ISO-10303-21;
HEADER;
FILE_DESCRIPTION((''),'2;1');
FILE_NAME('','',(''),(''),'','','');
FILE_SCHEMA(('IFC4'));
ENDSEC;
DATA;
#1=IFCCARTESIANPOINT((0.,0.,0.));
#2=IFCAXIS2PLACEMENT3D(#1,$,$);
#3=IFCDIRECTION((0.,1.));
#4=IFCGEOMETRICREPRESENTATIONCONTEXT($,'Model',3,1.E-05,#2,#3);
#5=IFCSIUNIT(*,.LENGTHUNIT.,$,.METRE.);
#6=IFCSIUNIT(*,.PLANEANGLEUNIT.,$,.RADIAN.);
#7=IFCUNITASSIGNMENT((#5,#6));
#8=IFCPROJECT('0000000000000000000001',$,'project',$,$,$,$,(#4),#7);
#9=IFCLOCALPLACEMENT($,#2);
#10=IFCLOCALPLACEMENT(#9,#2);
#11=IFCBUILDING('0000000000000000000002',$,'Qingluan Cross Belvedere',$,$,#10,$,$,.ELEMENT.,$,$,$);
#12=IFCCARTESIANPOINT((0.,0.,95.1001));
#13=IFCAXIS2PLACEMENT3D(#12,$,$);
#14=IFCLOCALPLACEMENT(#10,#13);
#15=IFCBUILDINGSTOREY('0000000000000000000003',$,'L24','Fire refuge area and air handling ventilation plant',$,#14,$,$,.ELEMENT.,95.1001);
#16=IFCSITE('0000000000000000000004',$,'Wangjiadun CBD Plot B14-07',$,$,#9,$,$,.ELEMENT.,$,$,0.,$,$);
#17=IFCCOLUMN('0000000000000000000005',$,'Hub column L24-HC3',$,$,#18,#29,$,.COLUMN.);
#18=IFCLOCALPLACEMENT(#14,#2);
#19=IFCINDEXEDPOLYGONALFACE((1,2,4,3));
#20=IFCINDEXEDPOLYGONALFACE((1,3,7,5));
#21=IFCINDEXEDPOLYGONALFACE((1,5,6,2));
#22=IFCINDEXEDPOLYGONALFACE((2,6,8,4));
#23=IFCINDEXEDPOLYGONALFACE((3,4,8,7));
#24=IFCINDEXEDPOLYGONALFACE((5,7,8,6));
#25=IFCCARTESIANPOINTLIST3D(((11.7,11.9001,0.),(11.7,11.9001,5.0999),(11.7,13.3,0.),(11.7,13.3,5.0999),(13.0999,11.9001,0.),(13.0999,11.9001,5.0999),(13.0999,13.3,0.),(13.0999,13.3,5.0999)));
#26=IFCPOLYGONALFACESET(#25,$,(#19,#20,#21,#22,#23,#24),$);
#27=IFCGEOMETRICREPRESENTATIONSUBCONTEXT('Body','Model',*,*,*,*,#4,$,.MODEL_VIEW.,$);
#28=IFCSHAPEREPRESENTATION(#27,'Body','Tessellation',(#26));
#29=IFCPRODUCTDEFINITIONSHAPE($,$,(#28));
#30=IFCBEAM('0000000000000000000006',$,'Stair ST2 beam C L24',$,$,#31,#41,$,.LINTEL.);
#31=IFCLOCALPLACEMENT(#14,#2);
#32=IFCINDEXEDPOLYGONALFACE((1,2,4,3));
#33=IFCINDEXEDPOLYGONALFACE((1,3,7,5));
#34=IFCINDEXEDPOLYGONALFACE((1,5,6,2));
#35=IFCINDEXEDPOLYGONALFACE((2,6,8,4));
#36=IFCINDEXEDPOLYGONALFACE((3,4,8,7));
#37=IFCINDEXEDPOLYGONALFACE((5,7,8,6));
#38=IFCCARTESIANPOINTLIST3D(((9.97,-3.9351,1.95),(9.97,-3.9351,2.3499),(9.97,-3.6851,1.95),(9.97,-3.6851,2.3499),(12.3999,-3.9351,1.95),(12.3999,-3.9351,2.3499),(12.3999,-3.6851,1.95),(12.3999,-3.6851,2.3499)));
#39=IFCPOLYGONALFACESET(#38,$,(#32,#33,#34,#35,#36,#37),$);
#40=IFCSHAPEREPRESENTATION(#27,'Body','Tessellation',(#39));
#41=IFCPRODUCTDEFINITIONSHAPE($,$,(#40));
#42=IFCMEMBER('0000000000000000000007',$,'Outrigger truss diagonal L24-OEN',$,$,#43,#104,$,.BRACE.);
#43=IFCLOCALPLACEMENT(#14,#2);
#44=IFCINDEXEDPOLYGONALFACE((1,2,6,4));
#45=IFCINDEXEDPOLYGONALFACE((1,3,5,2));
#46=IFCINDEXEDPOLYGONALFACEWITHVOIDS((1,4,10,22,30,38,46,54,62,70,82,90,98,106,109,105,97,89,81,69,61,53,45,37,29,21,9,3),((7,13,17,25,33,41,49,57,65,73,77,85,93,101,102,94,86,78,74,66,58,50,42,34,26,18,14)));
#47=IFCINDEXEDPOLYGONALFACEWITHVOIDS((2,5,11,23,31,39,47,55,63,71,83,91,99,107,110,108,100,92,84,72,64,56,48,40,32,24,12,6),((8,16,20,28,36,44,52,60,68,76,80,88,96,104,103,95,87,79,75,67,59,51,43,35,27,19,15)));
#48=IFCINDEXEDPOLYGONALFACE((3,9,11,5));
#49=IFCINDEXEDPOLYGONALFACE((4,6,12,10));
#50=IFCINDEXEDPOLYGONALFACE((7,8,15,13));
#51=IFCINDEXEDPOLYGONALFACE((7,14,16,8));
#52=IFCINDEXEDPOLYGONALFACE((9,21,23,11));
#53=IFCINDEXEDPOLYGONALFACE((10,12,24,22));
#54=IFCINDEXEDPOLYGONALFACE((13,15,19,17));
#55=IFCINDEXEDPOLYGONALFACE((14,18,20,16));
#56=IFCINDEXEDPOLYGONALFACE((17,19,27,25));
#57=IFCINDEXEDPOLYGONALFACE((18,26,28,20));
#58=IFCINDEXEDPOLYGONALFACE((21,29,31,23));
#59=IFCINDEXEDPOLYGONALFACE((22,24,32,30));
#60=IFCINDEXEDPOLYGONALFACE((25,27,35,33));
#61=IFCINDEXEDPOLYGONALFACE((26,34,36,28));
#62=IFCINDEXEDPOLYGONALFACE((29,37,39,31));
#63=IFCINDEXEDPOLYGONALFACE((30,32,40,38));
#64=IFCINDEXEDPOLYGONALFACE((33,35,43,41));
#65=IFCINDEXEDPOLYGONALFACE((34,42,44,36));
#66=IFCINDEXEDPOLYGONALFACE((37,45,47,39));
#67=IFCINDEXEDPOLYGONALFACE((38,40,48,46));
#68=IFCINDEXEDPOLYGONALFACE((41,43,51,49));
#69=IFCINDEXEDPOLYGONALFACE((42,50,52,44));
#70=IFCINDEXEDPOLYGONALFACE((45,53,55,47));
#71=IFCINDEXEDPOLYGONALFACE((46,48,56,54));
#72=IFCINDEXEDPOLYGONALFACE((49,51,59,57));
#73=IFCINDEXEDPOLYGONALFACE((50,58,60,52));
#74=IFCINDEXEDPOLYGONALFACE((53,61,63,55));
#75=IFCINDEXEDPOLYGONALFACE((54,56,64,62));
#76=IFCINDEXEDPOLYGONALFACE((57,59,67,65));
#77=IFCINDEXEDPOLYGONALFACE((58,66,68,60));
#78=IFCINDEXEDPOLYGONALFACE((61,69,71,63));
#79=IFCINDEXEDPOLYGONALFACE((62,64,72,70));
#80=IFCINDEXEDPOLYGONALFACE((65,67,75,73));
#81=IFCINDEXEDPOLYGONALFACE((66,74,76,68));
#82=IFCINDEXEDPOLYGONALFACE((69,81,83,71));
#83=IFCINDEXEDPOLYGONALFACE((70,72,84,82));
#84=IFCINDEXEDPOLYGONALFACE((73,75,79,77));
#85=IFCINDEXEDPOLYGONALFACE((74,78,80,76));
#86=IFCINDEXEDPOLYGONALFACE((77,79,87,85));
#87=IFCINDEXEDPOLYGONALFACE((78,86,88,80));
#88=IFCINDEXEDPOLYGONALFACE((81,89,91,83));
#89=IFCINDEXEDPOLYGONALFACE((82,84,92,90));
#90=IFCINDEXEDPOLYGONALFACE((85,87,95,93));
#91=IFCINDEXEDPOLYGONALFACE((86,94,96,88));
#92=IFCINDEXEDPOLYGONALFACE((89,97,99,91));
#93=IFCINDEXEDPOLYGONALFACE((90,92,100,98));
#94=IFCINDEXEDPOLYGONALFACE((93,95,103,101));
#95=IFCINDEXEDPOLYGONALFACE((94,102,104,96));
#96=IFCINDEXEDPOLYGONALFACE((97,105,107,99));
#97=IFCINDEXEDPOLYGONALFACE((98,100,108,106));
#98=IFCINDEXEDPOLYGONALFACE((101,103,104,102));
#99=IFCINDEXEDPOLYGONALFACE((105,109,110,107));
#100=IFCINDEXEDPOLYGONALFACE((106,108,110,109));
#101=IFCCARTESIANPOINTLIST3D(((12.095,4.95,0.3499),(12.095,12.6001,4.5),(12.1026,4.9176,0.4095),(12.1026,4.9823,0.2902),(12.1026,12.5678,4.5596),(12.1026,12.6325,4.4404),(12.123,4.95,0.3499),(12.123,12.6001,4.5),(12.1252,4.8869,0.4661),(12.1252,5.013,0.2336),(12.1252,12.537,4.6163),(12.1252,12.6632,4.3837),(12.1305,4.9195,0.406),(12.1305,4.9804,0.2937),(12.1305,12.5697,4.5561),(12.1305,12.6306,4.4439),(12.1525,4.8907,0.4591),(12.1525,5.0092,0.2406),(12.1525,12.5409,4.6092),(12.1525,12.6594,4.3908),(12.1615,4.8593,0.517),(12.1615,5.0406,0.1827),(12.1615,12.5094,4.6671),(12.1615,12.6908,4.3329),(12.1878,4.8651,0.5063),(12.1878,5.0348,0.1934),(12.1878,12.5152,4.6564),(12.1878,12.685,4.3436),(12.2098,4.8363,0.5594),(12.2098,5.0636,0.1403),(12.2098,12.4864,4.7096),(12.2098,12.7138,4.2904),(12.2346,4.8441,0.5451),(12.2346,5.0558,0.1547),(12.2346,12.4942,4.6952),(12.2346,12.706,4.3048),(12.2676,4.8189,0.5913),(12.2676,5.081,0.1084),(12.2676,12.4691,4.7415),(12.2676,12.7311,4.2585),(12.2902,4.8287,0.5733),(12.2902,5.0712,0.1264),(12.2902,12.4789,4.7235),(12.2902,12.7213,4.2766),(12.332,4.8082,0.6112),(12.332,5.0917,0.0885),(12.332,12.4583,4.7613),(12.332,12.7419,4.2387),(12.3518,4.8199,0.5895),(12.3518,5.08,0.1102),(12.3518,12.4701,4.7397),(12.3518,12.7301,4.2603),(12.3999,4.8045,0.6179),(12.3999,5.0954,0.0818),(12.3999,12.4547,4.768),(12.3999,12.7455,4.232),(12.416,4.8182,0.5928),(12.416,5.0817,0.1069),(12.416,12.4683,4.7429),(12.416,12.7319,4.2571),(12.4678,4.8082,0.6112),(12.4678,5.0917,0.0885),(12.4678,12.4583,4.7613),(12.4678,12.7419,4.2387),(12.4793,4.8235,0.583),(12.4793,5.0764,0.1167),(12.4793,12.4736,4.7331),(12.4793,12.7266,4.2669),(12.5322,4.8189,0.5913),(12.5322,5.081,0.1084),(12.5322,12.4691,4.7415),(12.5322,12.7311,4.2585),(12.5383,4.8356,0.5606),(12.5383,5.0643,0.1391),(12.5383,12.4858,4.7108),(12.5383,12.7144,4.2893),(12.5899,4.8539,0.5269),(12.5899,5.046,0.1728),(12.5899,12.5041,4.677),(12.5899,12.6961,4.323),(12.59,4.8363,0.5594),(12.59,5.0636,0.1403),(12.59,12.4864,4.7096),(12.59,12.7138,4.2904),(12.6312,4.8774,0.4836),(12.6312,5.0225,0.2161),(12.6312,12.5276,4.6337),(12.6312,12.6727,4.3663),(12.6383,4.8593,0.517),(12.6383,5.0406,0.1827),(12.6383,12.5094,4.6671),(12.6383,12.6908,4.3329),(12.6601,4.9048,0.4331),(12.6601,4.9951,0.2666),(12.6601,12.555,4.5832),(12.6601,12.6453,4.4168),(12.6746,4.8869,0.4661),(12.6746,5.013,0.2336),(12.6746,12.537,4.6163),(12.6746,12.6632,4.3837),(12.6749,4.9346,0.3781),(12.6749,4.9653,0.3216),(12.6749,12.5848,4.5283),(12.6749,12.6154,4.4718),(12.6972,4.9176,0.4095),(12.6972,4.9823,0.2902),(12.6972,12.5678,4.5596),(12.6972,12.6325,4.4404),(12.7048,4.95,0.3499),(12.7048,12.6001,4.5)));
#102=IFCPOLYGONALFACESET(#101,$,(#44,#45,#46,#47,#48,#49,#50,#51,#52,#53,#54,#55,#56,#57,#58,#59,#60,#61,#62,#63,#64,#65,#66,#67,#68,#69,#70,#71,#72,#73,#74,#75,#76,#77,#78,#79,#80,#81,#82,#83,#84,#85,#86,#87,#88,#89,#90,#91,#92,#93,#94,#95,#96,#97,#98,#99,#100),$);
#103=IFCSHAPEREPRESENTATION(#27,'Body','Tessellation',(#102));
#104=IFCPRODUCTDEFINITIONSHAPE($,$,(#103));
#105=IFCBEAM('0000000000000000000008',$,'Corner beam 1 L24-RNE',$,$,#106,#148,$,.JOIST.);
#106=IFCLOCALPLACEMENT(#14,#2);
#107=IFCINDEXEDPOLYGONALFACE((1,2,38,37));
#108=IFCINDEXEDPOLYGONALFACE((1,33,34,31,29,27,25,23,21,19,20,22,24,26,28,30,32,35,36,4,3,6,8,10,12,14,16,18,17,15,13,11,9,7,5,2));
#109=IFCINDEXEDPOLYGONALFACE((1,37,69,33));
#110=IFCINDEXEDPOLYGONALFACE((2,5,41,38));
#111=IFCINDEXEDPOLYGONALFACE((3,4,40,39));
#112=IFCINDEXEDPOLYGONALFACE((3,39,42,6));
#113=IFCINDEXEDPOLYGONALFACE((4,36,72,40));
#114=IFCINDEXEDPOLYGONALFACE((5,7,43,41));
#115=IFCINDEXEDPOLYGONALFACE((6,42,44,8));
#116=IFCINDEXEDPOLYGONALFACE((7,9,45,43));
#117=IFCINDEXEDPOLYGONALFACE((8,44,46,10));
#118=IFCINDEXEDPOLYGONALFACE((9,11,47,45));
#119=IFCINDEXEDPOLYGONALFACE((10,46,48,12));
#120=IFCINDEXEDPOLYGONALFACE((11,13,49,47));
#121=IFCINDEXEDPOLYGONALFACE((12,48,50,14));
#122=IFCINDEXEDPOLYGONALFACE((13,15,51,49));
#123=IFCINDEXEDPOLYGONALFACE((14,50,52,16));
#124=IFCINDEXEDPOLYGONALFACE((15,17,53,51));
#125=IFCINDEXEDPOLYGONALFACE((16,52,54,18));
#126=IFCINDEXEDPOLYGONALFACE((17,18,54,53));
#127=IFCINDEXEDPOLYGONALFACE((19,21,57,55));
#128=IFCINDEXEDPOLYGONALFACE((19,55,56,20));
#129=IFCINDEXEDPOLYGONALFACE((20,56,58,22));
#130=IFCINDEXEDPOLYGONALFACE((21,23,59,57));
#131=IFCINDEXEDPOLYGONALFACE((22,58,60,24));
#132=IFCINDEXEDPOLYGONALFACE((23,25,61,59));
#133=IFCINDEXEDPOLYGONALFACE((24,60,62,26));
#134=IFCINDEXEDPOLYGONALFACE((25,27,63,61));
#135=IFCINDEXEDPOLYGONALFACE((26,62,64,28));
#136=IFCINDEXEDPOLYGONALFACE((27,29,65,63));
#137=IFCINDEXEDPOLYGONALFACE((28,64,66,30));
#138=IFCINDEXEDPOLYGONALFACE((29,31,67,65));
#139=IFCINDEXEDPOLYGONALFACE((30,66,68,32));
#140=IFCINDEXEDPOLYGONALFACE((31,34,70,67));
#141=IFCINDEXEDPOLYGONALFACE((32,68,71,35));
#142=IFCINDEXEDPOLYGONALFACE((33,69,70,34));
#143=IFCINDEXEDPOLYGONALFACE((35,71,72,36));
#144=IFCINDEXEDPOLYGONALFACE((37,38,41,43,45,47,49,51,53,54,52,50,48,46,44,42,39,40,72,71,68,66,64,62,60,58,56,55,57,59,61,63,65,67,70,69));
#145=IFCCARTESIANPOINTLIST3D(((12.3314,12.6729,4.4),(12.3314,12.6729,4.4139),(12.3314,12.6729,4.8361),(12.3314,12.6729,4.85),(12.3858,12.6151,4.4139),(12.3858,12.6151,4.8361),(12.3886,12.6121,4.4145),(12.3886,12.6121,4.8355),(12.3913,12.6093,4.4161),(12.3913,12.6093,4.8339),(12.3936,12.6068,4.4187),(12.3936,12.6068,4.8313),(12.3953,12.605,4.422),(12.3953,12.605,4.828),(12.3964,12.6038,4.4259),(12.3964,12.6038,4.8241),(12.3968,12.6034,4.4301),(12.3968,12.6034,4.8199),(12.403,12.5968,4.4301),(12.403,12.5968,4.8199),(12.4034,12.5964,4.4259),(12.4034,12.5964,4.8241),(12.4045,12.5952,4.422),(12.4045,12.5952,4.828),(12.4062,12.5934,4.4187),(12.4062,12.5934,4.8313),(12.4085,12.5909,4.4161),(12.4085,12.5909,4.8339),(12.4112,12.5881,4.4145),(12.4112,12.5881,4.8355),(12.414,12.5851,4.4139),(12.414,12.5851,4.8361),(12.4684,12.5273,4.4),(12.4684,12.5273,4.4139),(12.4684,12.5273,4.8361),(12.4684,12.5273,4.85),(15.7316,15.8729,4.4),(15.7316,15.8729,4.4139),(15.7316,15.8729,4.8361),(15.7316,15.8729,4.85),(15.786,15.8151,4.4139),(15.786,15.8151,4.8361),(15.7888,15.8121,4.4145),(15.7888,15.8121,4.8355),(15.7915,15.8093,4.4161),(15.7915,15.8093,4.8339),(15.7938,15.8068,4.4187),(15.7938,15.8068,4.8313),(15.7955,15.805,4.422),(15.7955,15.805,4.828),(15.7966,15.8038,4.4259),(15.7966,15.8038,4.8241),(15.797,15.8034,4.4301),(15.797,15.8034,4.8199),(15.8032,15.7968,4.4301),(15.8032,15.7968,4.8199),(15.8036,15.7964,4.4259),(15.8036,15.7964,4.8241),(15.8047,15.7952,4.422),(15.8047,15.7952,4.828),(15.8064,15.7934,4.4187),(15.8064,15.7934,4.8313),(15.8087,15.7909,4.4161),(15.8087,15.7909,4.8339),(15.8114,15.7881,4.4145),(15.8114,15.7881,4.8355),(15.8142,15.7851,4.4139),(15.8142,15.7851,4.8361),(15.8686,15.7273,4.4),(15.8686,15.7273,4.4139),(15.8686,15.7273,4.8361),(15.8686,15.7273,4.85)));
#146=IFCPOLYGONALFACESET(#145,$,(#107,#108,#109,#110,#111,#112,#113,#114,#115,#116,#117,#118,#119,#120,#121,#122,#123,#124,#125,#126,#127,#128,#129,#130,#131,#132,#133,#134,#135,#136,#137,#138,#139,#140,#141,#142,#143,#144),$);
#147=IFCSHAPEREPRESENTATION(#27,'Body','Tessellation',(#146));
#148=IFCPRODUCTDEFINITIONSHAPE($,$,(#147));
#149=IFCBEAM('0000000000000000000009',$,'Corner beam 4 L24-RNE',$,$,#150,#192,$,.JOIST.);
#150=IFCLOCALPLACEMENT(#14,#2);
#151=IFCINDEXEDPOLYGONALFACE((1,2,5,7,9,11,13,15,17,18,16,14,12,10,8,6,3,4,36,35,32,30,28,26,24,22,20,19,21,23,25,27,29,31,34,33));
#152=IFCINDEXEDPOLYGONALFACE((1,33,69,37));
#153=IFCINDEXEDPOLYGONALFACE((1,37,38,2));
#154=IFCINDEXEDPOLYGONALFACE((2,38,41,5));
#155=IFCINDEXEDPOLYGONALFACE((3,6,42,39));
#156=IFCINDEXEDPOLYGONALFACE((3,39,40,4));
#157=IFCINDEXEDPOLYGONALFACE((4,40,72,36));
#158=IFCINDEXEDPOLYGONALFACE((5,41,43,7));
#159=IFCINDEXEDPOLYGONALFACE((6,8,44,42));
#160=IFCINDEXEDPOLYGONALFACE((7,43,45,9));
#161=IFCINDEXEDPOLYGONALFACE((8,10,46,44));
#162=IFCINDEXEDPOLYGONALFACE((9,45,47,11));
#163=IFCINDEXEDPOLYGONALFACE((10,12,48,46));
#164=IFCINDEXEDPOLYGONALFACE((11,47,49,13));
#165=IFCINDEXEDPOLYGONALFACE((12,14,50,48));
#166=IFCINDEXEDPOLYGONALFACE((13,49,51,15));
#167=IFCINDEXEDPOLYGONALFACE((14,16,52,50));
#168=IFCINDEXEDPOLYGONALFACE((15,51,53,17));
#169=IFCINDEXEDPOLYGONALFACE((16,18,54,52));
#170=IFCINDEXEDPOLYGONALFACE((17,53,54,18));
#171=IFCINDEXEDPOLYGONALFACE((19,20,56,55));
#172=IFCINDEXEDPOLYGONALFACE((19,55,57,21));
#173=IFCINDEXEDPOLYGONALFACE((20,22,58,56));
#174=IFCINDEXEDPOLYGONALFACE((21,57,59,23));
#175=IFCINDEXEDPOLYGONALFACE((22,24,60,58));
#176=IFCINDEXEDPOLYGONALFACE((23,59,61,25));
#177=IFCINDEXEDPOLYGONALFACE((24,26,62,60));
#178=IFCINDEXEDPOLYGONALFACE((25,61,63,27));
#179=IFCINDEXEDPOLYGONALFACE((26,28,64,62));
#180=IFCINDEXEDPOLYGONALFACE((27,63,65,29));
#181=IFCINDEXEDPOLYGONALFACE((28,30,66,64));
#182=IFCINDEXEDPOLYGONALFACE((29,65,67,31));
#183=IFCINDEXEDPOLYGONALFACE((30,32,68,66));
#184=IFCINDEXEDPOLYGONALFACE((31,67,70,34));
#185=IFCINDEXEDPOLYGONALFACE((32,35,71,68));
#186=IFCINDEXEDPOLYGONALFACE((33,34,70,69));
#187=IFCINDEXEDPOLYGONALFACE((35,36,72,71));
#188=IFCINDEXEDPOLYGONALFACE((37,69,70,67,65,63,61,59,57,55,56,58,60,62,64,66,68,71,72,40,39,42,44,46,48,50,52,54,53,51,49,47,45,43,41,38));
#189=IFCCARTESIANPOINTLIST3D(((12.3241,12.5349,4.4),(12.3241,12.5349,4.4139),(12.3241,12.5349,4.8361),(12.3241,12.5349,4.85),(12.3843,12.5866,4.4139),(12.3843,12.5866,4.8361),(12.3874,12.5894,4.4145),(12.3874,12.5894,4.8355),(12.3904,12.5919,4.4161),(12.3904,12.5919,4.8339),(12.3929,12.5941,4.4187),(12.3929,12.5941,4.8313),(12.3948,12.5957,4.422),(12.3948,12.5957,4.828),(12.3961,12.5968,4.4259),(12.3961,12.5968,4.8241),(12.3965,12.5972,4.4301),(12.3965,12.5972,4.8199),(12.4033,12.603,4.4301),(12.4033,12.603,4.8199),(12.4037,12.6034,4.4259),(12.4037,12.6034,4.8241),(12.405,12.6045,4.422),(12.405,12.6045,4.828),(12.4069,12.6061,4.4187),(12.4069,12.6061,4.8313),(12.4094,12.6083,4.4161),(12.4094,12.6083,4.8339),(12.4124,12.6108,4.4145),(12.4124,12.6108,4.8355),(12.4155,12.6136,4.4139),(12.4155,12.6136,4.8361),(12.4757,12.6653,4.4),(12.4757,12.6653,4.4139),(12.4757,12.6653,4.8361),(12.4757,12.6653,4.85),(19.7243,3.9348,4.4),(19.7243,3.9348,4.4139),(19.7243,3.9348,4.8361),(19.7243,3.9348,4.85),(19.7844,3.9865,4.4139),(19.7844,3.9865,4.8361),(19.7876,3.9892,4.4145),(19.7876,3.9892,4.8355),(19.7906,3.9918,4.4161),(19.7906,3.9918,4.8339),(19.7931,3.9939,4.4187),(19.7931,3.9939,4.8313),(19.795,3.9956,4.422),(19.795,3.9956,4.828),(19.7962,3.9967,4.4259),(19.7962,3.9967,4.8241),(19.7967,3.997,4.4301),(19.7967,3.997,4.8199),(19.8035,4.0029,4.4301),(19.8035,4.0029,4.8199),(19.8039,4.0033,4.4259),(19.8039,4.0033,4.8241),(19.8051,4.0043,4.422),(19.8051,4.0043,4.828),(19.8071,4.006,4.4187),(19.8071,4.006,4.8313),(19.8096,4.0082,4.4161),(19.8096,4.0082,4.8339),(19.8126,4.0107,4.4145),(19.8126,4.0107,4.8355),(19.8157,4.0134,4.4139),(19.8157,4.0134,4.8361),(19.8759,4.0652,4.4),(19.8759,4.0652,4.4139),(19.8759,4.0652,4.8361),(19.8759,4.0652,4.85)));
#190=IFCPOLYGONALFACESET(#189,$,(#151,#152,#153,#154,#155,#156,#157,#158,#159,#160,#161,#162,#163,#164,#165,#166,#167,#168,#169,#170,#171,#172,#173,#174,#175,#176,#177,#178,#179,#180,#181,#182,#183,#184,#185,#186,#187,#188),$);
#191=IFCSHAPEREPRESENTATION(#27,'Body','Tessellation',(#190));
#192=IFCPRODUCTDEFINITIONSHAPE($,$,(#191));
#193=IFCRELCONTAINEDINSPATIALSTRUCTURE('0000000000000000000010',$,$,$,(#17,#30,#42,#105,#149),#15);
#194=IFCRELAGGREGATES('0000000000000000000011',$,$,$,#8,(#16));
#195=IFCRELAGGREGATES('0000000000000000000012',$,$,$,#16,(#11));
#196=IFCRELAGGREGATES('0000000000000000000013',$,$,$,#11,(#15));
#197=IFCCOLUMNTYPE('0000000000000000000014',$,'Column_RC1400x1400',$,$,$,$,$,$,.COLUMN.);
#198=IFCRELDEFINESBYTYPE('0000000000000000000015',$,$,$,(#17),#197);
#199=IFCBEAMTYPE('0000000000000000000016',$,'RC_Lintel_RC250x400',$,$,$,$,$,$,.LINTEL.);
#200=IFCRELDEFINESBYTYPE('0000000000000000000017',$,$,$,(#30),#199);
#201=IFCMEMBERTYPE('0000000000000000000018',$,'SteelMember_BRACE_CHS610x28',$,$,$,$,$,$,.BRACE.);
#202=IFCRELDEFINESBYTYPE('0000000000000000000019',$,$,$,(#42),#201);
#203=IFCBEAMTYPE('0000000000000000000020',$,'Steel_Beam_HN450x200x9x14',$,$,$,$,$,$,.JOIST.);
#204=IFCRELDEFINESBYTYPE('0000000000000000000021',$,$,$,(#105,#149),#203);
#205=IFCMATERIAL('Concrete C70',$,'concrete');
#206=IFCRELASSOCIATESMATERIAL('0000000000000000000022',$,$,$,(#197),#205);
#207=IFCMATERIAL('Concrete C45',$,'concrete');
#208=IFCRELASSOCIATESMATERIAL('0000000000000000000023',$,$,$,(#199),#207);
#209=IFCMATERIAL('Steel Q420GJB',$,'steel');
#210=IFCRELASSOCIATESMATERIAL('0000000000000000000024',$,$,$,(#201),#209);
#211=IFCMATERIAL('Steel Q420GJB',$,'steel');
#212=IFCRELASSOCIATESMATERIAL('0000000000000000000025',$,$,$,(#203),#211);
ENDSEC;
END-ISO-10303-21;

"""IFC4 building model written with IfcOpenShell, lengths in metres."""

from ifc_helpers import new_model, si_unit, direction, frame, origin, origin_2d, place, context, subcontext, project, spatial, rectangle, hollow_circle, i_section, extrude, material, material_profile, profile_set, type_object, element, save


model = new_model("IFC4")

# Units and contexts
model_context = context("Model", 3, precision=1e-05, world=origin(), true_north=direction((0.0, 1.0)))
body_context = subcontext(model_context, "Body", "Model", "MODEL_VIEW")
ifc_project = project(units=[si_unit("LENGTHUNIT", "METRE"), si_unit("PLANEANGLEUNIT", "RADIAN")], contexts=[model_context])

# Site, building, storey
site_placement = place(None, origin())
site = spatial("IfcSite", under=ifc_project, at=site_placement, Name="Wangjiadun CBD Plot B14-07", CompositionType="ELEMENT", RefElevation=0.0)
building_placement = place(site_placement, origin())
building = spatial("IfcBuilding", under=site, at=building_placement, Name="Qingluan Cross Belvedere", CompositionType="ELEMENT")
storey_placement = place(building_placement, frame((0.0, 0.0, 95.1001)))
storey = spatial("IfcBuildingStorey", under=building, at=storey_placement, Name="L24", Description="Fire refuge area and air handling ventilation plant", CompositionType="ELEMENT", Elevation=95.1001)

# Column
ifc_material_1 = material(Name="Concrete C70", Category="concrete")
ifc_material_profile_1 = material_profile(ifc_material_1, rectangle(XDim=1.3999, YDim=1.3999, at=origin_2d()), Name="RC1400x1400")
ifc_profile_set_1 = profile_set([ifc_material_profile_1], Name="Concrete C70")
column_type = type_object("IfcColumnType", Name="Column_RC1400x1400", PredefinedType="COLUMN", material=ifc_profile_set_1)
column_placement = place(storey_placement, frame((12.3999, 12.6001, 0.0), z_axis=(0.0, 0.0, 1.0), x_axis=(1.0, 0.0, 0.0)))
element("IfcColumn", 1, at=column_placement, inside=storey, type_object=column_type, Name="Hub column L24-HC3", PredefinedType="COLUMN", context=body_context, shape_type="SweptSolid", body=[
    extrude(rectangle(XDim=1.3999, YDim=1.3999, at=origin_2d()), origin(), (0.0, 0.0, 1.0), 5.0999),
])

# Beam
ifc_material_2 = material(Name="Concrete C45", Category="concrete")
ifc_material_profile_2 = material_profile(ifc_material_2, rectangle(XDim=0.25, YDim=0.3999, at=origin_2d()), Name="RC250x400")
ifc_profile_set_2 = profile_set([ifc_material_profile_2], Name="Concrete C45")
beam_type_1 = type_object("IfcBeamType", Name="RC_Lintel_RC250x400", PredefinedType="LINTEL", material=ifc_profile_set_2)
beam_1_placement = place(storey_placement, frame((12.3999, -3.8101, 2.1499), z_axis=(-1.0, 0.0, 0.0), x_axis=(0.0, -1.0, 0.0)))
element("IfcBeam", 2, at=beam_1_placement, inside=storey, type_object=beam_type_1, Name="Stair ST2 beam C L24", PredefinedType="LINTEL", context=body_context, shape_type="SweptSolid", body=[
    extrude(rectangle(XDim=0.25, YDim=0.3999, at=origin_2d()), origin(), (0.0, 0.0, 1.0), 2.4299),
])

# Member
ifc_material_3 = material(Name="Steel Q420GJB", Category="steel")
ifc_material_profile_3 = material_profile(ifc_material_3, hollow_circle(Radius=0.3049, WallThickness=0.0281, at=origin_2d()), Name="CHS610x28")
ifc_profile_set_3 = profile_set([ifc_material_profile_3], Name="Steel Q420GJB")
member_type = type_object("IfcMemberType", Name="SteelMember_BRACE_CHS610x28", PredefinedType="BRACE", material=ifc_profile_set_3)
member_placement = place(storey_placement, frame((12.3999, 4.95, 0.3499), z_axis=(0.0, 0.878988, 0.476844), x_axis=(-1.0, 0.0, 0.0)))
element("IfcMember", 3, at=member_placement, inside=storey, type_object=member_type, Name="Outrigger truss diagonal L24-OEN", PredefinedType="BRACE", context=body_context, shape_type="SweptSolid", body=[
    extrude(hollow_circle(Radius=0.3049, WallThickness=0.0281, at=origin_2d()), origin(), (0.0, 0.0, 1.0), 8.7034),
])

# Beams
ifc_material_4 = material(Name="Steel Q420GJB", Category="steel")
ifc_material_profile_4 = material_profile(ifc_material_4, i_section(OverallWidth=0.2, OverallDepth=0.45, WebThickness=0.009, FlangeThickness=0.0139, FilletRadius=0.0161, at=origin_2d()), Name="HN450x200x9x14")
ifc_profile_set_4 = profile_set([ifc_material_profile_4], Name="Steel Q420GJB")
beam_type_2 = type_object("IfcBeamType", Name="Steel_Beam_HN450x200x9x14", PredefinedType="JOIST", material=ifc_profile_set_4)
beam_2_placement = place(storey_placement, frame((12.3999, 12.6001, 4.625), z_axis=(0.72822, 0.685343, 0.0), x_axis=(-0.685343, 0.72822, 0.0)))
element("IfcBeam", 4, at=beam_2_placement, inside=storey, type_object=beam_type_2, Name="Corner beam 1 L24-RNE", PredefinedType="JOIST", context=body_context, shape_type="SweptSolid", body=[
    extrude(i_section(OverallWidth=0.2, OverallDepth=0.45, WebThickness=0.009, FlangeThickness=0.0139, FilletRadius=0.0161, at=origin_2d()), origin(), (0.0, 0.0, 1.0), 4.6692),
])
beam_3_placement = place(storey_placement, frame((12.3999, 12.6001, 4.625), z_axis=(0.652245, -0.758008, 0.0), x_axis=(0.758008, 0.652245, 0.0)))
element("IfcBeam", 5, at=beam_3_placement, inside=storey, type_object=beam_type_2, Name="Corner beam 4 L24-RNE", PredefinedType="JOIST", context=body_context, shape_type="SweptSolid", body=[
    extrude(i_section(OverallWidth=0.2, OverallDepth=0.45, WebThickness=0.009, FlangeThickness=0.0139, FilletRadius=0.0161, at=origin_2d()), origin(), (0.0, 0.0, 1.0), 11.3457),
])

save(model, "model.ifc")
